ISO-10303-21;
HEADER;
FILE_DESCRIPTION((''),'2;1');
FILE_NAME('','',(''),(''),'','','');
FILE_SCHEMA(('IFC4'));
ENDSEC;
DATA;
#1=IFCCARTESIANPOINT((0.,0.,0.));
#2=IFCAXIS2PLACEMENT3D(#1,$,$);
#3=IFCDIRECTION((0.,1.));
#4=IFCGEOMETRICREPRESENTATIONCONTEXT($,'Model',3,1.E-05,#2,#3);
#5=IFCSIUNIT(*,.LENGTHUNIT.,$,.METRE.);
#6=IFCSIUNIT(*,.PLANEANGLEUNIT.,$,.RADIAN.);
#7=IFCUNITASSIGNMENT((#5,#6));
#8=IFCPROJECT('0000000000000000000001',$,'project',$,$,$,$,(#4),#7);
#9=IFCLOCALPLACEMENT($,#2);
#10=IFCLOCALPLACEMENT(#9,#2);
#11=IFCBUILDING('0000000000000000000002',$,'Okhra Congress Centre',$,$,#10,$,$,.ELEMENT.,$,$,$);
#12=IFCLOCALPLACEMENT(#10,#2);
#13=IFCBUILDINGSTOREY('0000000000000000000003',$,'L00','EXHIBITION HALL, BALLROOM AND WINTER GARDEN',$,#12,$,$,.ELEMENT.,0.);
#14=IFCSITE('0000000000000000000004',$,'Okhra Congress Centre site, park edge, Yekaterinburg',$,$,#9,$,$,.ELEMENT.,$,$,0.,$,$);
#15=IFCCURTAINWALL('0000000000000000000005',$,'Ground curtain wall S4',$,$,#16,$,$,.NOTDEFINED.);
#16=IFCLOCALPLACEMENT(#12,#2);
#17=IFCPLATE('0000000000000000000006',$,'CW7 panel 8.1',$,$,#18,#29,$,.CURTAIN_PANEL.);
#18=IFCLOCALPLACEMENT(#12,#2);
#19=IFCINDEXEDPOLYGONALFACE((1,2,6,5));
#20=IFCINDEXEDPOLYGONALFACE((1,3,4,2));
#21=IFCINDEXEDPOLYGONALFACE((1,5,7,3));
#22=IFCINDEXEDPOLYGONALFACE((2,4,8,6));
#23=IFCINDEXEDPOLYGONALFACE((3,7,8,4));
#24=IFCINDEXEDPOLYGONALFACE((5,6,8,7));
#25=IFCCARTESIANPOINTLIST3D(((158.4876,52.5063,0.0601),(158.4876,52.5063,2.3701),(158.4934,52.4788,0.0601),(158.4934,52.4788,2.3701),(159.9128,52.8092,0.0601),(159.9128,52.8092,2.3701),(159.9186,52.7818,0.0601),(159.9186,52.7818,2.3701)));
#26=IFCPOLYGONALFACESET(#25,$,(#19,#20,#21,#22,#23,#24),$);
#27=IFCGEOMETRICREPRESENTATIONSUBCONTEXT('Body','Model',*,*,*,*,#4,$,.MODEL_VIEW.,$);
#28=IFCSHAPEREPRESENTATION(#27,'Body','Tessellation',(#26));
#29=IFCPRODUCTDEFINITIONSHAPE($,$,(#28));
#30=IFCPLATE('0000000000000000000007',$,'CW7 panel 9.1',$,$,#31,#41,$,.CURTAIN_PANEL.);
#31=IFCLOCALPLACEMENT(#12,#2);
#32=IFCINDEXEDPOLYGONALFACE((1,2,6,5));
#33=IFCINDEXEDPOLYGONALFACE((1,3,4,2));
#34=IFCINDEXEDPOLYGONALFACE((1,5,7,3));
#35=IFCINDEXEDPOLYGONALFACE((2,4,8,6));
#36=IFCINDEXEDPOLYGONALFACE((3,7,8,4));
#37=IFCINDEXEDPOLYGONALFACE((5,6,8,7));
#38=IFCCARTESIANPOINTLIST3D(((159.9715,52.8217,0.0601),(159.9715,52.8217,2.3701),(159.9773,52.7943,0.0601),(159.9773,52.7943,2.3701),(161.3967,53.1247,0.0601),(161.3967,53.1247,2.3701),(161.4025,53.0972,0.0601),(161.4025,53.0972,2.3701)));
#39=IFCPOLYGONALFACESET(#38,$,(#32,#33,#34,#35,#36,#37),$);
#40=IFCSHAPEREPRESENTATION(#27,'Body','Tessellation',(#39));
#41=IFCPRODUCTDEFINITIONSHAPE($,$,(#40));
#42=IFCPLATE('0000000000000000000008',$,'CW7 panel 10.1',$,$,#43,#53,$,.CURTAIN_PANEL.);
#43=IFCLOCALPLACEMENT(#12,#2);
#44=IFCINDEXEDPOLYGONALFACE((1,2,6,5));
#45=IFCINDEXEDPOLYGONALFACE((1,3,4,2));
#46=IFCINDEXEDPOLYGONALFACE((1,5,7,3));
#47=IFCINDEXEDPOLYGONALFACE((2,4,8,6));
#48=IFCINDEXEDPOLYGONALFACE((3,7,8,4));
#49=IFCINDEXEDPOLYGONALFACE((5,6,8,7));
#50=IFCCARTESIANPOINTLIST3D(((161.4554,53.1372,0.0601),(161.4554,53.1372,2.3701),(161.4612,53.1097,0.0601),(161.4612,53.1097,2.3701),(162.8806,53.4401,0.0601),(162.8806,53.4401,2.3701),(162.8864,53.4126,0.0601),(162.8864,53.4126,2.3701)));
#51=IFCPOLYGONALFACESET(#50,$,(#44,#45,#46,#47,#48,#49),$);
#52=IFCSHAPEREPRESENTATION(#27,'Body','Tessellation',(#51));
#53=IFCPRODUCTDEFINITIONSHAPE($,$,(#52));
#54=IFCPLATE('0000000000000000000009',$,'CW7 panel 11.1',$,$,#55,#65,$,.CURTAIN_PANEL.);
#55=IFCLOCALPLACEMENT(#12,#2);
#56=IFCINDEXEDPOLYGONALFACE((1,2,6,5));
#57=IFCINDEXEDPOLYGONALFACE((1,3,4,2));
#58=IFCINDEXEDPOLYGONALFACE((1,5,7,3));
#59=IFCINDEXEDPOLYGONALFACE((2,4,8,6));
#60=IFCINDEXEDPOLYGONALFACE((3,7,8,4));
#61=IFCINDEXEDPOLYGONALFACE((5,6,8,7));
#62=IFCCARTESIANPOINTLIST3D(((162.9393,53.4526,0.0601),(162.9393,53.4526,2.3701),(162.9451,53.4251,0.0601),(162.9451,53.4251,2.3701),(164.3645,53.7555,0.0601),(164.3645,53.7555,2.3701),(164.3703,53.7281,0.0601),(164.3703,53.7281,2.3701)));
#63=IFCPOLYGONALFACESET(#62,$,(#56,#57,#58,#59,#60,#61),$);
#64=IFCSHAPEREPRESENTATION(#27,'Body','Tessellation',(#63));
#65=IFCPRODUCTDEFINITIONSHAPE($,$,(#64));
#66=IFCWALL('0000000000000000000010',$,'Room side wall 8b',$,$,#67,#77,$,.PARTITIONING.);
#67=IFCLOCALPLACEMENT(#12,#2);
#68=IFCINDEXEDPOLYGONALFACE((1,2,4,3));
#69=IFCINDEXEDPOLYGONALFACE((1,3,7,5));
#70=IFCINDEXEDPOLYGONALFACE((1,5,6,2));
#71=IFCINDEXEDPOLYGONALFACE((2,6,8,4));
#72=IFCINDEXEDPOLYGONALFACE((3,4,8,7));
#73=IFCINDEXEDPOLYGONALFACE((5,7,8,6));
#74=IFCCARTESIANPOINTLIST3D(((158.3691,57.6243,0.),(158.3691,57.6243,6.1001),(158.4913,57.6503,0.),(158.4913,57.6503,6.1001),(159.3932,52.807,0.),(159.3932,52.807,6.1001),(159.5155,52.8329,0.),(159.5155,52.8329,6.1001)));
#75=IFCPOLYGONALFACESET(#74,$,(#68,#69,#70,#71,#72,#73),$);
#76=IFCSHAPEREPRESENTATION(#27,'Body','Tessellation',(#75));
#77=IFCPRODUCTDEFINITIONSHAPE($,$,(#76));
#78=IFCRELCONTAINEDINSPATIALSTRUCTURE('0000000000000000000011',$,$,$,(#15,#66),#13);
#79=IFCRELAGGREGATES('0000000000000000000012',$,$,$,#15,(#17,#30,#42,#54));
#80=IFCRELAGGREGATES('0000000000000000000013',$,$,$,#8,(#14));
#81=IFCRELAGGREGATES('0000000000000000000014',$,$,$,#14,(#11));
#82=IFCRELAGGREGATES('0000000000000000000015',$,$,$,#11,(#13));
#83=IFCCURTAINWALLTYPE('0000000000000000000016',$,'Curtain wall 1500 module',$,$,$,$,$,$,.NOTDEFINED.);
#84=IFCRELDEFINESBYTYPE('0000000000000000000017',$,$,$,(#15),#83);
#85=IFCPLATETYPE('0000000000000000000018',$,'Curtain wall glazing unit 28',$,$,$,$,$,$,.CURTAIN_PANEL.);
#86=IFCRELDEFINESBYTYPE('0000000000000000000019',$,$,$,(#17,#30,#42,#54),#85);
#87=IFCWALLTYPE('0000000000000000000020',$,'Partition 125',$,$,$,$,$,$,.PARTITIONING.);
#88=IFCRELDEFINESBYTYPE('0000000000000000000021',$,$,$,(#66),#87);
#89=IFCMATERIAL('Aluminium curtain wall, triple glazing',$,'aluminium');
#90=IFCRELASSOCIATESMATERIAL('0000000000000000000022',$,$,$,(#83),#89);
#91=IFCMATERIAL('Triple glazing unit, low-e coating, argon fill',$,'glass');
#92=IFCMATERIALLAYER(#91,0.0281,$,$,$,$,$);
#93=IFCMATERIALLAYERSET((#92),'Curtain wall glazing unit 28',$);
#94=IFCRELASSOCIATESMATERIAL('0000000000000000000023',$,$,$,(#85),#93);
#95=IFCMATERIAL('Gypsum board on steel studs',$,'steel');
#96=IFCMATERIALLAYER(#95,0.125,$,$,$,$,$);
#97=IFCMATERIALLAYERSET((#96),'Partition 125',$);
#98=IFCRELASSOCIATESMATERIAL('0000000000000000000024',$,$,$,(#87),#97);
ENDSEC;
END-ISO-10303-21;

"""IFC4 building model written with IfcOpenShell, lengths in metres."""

from ifc_helpers import new_model, si_unit, direction, frame, frame_2d, origin, origin_2d, place, context, subcontext, project, spatial, rectangle, extrude, material, layer, layer_set, type_object, element, aggregate, save


model = new_model("IFC4")

# Units and contexts
model_context = context("Model", 3, precision=1e-05, world=origin(), true_north=direction((0.0, 1.0)))
body_context = subcontext(model_context, "Body", "Model", "MODEL_VIEW")
ifc_project = project(units=[si_unit("LENGTHUNIT", "METRE"), si_unit("PLANEANGLEUNIT", "RADIAN")], contexts=[model_context])

# Site, building, storey
site_placement = place(None, origin())
site = spatial("IfcSite", under=ifc_project, at=site_placement, Name="Okhra Congress Centre site, park edge, Yekaterinburg", CompositionType="ELEMENT", RefElevation=0.0)
building_placement = place(site_placement, origin())
building = spatial("IfcBuilding", under=site, at=building_placement, Name="Okhra Congress Centre", CompositionType="ELEMENT")
storey_placement = place(building_placement, origin())
storey = spatial("IfcBuildingStorey", under=building, at=storey_placement, Name="L00", Description="EXHIBITION HALL, BALLROOM AND WINTER GARDEN", CompositionType="ELEMENT", Elevation=0.0)

# Curtain wall
ifc_material_1 = material(Name="Aluminium curtain wall, triple glazing", Category="aluminium")
curtain_wall_type_1 = type_object("IfcCurtainWallType", Name="Curtain wall 1500 module", PredefinedType="NOTDEFINED", material=ifc_material_1)
curtain_wall_1_placement = place(storey_placement, origin())
curtain_wall_1 = element("IfcCurtainWall", 1, at=curtain_wall_1_placement, inside=storey, type_object=curtain_wall_type_1, Name="Ground curtain wall S4", PredefinedType="NOTDEFINED")

# Plates
ifc_material_2 = material(Name="Triple glazing unit, low-e coating, argon fill", Category="glass")
ifc_layer_1 = layer(ifc_material_2, 0.0281)
ifc_layer_set_1 = layer_set([ifc_layer_1], Name="Curtain wall glazing unit 28")
plate_type = type_object("IfcPlateType", Name="Curtain wall glazing unit 28", PredefinedType="CURTAIN_PANEL", material=ifc_layer_set_1)
plate_1_placement = place(storey_placement, frame((159.2031, 52.644, 0.0601), z_axis=(0.0, 0.0, 1.0), x_axis=(0.978148, 0.207912, 0.0)))
plate_1 = element("IfcPlate", 2, at=plate_1_placement, type_object=plate_type, Name="CW7 panel 8.1", PredefinedType="CURTAIN_PANEL", context=body_context, shape_type="SweptSolid", body=[
    extrude(rectangle(XDim=1.457, YDim=0.0281, at=origin_2d()), origin(), (0.0, 0.0, 1.0), 2.3101),
])
plate_2_placement = place(storey_placement, frame((160.687, 52.9595, 0.0601), z_axis=(0.0, 0.0, 1.0), x_axis=(0.978148, 0.207912, 0.0)))
plate_2 = element("IfcPlate", 3, at=plate_2_placement, type_object=plate_type, Name="CW7 panel 9.1", PredefinedType="CURTAIN_PANEL", context=body_context, shape_type="SweptSolid", body=[
    extrude(rectangle(XDim=1.457, YDim=0.0281, at=origin_2d()), origin(), (0.0, 0.0, 1.0), 2.3101),
])
plate_3_placement = place(storey_placement, frame((162.1709, 53.2749, 0.0601), z_axis=(0.0, 0.0, 1.0), x_axis=(0.978148, 0.207912, 0.0)))
plate_3 = element("IfcPlate", 4, at=plate_3_placement, type_object=plate_type, Name="CW7 panel 10.1", PredefinedType="CURTAIN_PANEL", context=body_context, shape_type="SweptSolid", body=[
    extrude(rectangle(XDim=1.457, YDim=0.0281, at=origin_2d()), origin(), (0.0, 0.0, 1.0), 2.3101),
])
plate_4_placement = place(storey_placement, frame((163.6548, 53.5903, 0.0601), z_axis=(0.0, 0.0, 1.0), x_axis=(0.978148, 0.207912, 0.0)))
plate_4 = element("IfcPlate", 5, at=plate_4_placement, type_object=plate_type, Name="CW7 panel 11.1", PredefinedType="CURTAIN_PANEL", context=body_context, shape_type="SweptSolid", body=[
    extrude(rectangle(XDim=1.457, YDim=0.0281, at=origin_2d()), origin(), (0.0, 0.0, 1.0), 2.3101),
])
aggregate(curtain_wall_1, [plate_1, plate_2, plate_3, plate_4])

# Wall
ifc_material_3 = material(Name="Gypsum board on steel studs", Category="steel")
ifc_layer_2 = layer(ifc_material_3, 0.125)
ifc_layer_set_2 = layer_set([ifc_layer_2], Name="Partition 125")
wall_type = type_object("IfcWallType", Name="Partition 125", PredefinedType="PARTITIONING", material=ifc_layer_set_2)
wall_placement = place(storey_placement, frame((159.4543, 52.8201, 0.0), z_axis=(0.0, 0.0, 1.0), x_axis=(-0.207951, 0.978139, 0.0)))
element("IfcWall", 6, at=wall_placement, inside=storey, type_object=wall_type, Name="Room side wall 8b", PredefinedType="PARTITIONING", context=body_context, shape_type="SweptSolid", body=[
    extrude(rectangle(XDim=4.925, YDim=0.125, at=frame_2d((2.4624, 0.0))), origin(), (0.0, 0.0, 1.0), 6.1001),
])

save(model, "model.ifc")
